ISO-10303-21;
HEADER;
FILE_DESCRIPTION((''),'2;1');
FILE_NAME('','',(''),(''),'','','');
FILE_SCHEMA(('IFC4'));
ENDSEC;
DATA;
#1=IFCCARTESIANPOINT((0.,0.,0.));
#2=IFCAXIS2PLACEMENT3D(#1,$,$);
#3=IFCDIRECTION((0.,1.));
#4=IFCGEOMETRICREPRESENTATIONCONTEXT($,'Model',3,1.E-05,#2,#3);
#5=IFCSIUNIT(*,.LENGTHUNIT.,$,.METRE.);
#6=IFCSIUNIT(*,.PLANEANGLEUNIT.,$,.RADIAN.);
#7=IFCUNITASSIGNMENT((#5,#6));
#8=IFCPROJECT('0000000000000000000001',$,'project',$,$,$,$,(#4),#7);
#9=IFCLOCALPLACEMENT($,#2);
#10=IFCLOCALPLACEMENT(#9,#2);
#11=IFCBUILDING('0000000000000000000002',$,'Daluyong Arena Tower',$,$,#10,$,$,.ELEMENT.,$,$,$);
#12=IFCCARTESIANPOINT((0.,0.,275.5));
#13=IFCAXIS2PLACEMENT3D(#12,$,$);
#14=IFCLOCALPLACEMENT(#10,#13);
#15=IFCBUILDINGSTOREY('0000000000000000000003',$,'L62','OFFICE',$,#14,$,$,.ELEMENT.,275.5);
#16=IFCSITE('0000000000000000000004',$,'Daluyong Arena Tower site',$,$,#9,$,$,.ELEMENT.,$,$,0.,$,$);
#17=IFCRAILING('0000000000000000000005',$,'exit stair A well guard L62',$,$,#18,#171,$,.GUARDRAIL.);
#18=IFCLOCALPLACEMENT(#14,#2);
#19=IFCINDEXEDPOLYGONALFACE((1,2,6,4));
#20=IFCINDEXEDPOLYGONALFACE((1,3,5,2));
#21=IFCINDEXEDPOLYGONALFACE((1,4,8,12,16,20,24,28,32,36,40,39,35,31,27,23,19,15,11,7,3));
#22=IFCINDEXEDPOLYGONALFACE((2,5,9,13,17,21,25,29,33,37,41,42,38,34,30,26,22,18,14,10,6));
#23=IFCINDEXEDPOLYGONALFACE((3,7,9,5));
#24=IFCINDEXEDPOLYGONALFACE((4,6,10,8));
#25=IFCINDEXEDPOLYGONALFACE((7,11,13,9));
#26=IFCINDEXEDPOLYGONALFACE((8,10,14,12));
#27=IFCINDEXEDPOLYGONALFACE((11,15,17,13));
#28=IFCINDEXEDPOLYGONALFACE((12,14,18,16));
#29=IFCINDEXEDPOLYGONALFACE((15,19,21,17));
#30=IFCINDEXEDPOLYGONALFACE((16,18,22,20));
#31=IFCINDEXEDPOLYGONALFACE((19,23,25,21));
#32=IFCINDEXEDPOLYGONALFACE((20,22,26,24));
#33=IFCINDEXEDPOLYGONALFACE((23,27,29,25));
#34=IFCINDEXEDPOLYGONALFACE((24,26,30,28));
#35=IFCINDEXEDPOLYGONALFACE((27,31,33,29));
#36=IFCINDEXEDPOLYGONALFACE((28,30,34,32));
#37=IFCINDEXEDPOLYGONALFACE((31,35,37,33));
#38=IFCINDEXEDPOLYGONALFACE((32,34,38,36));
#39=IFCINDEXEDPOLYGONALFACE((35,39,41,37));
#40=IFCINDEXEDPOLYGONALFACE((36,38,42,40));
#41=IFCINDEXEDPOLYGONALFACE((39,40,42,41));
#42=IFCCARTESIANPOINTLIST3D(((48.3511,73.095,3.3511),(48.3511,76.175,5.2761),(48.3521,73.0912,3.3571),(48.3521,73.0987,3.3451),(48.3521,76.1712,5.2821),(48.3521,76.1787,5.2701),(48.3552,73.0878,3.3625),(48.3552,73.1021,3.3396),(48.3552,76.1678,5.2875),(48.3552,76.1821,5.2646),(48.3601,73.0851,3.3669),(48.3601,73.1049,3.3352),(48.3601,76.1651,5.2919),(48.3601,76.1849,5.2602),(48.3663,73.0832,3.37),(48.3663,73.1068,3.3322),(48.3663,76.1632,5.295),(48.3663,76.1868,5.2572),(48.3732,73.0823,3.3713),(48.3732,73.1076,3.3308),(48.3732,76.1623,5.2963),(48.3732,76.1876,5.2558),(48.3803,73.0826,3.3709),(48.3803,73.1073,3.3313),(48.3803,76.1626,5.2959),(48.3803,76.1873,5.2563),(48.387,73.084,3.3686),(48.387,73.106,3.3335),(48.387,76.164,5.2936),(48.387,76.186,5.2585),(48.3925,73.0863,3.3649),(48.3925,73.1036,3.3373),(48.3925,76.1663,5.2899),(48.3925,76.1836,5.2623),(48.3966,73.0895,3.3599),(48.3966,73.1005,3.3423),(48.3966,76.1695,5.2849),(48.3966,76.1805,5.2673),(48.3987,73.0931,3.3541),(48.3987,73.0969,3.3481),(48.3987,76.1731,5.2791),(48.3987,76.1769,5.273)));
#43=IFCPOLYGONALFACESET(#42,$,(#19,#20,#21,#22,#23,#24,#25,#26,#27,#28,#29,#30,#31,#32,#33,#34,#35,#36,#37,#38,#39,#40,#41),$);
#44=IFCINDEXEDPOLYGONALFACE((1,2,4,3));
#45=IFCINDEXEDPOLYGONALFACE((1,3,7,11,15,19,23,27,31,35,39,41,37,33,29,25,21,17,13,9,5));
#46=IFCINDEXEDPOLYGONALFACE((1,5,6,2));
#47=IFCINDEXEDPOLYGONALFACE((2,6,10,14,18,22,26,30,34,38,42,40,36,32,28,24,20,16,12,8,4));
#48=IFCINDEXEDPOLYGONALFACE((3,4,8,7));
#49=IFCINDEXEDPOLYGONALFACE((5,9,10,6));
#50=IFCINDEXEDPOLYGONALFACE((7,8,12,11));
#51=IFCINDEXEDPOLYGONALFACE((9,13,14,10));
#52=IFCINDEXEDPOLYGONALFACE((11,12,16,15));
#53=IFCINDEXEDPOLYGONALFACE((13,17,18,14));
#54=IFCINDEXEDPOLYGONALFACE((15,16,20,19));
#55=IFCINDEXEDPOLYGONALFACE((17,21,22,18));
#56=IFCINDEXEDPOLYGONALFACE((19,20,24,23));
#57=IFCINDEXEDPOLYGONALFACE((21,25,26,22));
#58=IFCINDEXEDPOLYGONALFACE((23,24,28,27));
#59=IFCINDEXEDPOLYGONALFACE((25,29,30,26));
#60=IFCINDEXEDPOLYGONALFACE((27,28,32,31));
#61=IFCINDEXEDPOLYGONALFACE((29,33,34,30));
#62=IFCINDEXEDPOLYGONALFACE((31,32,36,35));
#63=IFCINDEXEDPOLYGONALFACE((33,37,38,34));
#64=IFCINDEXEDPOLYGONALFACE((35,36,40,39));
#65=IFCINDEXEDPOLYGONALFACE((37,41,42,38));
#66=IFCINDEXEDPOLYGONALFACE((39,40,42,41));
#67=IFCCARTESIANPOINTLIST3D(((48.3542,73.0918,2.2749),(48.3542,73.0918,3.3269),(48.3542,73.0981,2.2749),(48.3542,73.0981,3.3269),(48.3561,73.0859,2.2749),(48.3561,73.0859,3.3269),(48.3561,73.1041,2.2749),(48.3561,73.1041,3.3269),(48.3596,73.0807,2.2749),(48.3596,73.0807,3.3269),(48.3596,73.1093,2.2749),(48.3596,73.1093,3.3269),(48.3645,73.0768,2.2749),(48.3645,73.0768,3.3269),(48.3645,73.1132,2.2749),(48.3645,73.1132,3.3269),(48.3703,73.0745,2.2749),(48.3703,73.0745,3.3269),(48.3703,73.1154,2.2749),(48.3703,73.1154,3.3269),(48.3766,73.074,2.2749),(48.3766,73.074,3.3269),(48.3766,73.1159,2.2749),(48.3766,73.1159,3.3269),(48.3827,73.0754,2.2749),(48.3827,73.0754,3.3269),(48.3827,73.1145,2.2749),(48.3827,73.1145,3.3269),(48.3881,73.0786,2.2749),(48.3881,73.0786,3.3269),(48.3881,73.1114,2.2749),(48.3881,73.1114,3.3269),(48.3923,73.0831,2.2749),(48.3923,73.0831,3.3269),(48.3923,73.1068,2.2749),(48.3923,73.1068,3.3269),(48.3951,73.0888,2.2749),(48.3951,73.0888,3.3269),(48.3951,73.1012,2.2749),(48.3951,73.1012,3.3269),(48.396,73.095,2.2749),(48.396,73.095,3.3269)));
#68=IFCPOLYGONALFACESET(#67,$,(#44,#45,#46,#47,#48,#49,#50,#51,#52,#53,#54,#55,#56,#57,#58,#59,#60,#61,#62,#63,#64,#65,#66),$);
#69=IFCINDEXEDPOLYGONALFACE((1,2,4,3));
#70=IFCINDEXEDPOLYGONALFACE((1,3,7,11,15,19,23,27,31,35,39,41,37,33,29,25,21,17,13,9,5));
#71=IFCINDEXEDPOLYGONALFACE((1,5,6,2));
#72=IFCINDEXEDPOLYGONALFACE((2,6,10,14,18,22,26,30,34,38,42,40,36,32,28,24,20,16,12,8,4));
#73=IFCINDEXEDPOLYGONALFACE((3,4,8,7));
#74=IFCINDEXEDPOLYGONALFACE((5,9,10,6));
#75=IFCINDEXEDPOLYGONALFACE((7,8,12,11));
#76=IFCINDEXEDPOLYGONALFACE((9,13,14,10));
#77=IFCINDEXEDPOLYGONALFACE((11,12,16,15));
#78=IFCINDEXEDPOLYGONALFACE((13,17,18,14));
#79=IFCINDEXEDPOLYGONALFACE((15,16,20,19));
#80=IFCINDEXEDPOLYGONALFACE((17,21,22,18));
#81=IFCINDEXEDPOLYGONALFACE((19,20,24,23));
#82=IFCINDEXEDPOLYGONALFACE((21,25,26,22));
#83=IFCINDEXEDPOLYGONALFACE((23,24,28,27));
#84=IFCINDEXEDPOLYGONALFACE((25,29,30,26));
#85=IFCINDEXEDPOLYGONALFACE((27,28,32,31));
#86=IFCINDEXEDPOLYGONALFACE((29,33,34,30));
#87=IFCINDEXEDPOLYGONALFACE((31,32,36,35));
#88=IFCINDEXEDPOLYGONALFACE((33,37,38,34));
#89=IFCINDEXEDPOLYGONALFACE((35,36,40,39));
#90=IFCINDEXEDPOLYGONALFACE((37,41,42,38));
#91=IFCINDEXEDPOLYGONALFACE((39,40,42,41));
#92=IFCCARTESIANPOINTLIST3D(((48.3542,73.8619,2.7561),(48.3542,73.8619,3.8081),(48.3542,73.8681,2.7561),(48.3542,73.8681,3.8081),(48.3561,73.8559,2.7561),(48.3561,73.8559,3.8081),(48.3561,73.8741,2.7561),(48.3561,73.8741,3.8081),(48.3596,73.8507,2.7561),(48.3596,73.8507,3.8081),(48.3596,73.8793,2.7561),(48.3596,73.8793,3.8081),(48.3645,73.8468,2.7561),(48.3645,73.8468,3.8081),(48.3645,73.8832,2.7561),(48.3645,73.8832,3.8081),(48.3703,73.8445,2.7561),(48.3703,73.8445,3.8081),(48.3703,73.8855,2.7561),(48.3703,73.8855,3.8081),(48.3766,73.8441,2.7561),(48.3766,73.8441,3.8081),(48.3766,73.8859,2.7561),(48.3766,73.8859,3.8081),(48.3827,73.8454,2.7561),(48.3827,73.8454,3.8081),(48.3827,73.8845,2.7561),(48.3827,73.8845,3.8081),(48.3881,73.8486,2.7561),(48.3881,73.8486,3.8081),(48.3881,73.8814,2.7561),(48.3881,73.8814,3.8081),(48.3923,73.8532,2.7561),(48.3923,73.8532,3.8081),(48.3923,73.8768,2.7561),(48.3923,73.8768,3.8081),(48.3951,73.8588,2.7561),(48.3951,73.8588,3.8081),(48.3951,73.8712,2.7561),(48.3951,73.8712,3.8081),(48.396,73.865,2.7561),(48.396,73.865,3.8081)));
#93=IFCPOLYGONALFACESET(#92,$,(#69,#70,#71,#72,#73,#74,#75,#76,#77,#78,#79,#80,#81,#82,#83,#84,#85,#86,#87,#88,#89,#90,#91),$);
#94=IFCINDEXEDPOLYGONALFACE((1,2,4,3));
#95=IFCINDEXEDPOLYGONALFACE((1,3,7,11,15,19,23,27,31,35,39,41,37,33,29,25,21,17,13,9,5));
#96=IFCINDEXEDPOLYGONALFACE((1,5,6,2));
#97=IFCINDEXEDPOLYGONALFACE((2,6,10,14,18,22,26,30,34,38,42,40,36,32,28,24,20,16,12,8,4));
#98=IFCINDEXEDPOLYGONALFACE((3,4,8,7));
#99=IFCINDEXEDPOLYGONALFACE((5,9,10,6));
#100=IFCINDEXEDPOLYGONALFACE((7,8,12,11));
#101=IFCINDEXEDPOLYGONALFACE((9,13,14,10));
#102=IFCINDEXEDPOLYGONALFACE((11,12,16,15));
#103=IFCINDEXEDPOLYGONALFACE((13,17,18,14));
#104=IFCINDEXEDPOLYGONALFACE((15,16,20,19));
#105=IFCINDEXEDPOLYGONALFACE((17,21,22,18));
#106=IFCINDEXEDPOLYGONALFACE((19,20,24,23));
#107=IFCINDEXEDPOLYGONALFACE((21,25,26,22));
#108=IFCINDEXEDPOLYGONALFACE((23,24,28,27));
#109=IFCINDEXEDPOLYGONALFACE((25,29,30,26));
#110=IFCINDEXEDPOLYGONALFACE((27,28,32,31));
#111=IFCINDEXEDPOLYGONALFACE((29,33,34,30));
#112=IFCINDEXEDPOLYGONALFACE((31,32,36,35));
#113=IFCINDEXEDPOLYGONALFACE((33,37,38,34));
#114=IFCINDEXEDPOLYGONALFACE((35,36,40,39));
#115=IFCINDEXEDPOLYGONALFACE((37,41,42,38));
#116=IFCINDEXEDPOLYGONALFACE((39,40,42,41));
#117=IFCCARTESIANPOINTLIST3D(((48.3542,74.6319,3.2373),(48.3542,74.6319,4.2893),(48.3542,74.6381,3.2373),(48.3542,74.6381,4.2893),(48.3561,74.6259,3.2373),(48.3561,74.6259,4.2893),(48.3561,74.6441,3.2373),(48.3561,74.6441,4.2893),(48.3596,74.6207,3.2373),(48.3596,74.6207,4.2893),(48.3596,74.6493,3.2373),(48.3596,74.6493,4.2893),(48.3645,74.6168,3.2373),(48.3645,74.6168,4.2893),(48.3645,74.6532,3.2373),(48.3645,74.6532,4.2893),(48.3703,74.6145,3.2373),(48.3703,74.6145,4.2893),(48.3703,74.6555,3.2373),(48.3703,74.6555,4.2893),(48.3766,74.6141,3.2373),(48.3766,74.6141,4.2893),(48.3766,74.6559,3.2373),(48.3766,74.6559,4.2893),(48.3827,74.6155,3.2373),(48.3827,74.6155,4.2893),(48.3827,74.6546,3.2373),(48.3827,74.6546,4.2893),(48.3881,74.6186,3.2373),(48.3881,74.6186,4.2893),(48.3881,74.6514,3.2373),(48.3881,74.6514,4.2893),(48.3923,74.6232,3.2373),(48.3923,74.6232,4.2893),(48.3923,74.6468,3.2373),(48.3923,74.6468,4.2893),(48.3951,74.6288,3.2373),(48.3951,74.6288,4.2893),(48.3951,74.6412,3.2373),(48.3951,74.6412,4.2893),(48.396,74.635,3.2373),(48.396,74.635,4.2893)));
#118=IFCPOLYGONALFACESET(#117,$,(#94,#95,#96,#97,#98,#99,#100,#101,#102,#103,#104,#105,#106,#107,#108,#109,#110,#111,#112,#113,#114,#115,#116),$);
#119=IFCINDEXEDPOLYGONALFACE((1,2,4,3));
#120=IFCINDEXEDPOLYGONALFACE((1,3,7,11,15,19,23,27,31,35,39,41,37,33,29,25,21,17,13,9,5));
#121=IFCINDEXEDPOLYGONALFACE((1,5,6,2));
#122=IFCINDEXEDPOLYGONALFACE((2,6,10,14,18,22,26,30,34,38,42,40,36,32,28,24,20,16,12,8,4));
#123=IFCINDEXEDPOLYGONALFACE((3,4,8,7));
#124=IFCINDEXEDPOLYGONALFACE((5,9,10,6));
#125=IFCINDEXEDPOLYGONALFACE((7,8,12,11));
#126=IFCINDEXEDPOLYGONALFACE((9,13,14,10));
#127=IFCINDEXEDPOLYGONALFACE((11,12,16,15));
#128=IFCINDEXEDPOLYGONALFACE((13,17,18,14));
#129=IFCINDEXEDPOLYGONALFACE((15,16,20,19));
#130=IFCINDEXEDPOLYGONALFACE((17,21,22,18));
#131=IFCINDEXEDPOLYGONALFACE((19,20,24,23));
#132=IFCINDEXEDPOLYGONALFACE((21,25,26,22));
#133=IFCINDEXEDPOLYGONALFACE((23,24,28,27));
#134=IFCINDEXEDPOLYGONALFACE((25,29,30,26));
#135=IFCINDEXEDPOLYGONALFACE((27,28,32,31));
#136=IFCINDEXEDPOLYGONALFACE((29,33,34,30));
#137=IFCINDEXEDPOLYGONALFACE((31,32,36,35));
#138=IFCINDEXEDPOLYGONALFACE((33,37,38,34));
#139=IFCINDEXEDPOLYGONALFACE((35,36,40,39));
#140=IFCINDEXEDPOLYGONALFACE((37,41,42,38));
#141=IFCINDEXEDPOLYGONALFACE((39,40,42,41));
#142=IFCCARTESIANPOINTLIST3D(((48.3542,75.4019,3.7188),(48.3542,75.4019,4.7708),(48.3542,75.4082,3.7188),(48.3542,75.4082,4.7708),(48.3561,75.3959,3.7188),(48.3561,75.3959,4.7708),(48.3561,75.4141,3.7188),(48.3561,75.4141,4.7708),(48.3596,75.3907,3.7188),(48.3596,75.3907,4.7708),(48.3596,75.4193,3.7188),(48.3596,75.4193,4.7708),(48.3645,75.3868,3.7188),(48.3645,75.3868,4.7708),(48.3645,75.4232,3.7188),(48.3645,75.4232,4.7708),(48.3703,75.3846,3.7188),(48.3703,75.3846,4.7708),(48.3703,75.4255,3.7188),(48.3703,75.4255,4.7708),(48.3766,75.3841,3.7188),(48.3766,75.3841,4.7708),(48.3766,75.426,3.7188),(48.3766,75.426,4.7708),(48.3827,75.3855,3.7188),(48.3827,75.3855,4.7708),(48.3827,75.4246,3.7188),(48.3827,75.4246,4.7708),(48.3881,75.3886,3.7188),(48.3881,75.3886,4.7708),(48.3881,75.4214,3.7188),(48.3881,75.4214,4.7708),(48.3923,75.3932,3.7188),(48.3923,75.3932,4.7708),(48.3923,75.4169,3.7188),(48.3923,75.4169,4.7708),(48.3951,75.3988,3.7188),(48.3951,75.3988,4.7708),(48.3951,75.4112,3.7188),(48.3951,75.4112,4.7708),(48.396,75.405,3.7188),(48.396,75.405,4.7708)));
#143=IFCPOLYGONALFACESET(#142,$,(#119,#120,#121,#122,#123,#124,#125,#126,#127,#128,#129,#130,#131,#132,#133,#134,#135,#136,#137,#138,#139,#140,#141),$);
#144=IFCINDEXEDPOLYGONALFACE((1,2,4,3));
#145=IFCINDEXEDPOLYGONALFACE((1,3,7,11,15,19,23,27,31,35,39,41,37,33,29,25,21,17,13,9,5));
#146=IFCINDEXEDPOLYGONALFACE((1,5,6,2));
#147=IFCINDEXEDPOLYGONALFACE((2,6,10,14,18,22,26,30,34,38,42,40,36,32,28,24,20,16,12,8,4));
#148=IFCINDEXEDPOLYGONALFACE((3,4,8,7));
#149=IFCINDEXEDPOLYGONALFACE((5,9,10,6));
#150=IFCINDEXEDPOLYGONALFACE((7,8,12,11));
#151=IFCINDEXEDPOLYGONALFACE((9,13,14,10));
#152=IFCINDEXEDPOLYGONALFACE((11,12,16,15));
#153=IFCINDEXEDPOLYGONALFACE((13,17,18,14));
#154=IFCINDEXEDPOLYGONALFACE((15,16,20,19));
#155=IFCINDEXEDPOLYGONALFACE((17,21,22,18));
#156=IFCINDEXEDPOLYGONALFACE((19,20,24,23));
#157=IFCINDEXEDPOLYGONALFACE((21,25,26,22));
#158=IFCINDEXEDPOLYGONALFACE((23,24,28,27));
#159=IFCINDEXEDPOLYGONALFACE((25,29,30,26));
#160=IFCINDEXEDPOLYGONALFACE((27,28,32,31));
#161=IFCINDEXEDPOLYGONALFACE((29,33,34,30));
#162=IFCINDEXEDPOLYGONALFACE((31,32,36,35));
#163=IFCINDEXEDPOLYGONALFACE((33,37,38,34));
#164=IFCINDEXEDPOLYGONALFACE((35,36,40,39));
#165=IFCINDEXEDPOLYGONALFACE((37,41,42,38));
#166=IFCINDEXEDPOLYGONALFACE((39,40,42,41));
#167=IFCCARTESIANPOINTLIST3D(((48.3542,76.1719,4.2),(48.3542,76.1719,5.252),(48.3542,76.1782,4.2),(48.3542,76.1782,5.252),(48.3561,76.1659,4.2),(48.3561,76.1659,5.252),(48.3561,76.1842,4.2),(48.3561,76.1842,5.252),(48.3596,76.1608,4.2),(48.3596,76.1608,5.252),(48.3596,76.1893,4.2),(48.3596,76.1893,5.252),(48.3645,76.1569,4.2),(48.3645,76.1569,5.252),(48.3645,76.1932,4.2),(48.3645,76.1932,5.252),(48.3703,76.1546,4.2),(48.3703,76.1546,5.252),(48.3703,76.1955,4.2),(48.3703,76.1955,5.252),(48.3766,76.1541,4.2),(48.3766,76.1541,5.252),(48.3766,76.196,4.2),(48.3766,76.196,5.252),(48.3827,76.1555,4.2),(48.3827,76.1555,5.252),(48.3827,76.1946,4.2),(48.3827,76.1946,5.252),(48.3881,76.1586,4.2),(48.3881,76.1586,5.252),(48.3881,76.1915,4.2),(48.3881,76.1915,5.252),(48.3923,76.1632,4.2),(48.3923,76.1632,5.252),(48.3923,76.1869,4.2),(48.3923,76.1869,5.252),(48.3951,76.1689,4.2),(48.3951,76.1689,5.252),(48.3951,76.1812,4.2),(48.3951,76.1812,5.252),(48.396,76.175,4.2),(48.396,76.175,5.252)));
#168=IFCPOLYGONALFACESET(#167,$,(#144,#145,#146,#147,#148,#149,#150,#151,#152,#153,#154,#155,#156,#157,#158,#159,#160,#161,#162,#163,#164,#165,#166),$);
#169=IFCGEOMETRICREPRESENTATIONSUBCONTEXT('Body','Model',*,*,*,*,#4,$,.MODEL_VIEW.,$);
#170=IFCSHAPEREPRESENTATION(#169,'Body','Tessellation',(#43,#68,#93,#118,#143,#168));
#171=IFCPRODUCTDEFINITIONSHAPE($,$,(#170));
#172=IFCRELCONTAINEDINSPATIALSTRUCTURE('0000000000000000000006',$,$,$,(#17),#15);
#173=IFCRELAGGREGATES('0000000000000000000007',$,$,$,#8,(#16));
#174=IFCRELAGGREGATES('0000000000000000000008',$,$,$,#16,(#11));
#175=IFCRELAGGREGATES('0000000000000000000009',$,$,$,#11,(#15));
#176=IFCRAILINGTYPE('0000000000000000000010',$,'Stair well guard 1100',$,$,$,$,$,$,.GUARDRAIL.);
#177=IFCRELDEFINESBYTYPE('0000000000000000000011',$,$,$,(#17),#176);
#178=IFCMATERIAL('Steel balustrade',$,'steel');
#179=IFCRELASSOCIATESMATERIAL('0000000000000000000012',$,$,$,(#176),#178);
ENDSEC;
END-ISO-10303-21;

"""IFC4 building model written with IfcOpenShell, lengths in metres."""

from ifc_helpers import new_model, si_unit, direction, frame, origin, origin_2d, place, context, subcontext, project, spatial, circle, extrude, material, type_object, element, save


model = new_model("IFC4")

# Units and contexts
model_context = context("Model", 3, precision=1e-05, world=origin(), true_north=direction((0.0, 1.0)))
body_context = subcontext(model_context, "Body", "Model", "MODEL_VIEW")
ifc_project = project(units=[si_unit("LENGTHUNIT", "METRE"), si_unit("PLANEANGLEUNIT", "RADIAN")], contexts=[model_context])

# Site, building, storey
site_placement = place(None, origin())
site = spatial("IfcSite", under=ifc_project, at=site_placement, Name="Daluyong Arena Tower site", CompositionType="ELEMENT", RefElevation=0.0)
building_placement = place(site_placement, origin())
building = spatial("IfcBuilding", under=site, at=building_placement, Name="Daluyong Arena Tower", CompositionType="ELEMENT")
storey_placement = place(building_placement, frame((0.0, 0.0, 275.5)))
storey = spatial("IfcBuildingStorey", under=building, at=storey_placement, Name="L62", Description="OFFICE", CompositionType="ELEMENT", Elevation=275.5)

# Railing
ifc_material_1 = material(Name="Steel balustrade", Category="steel")
railing_type_1 = type_object("IfcRailingType", Name="Stair well guard 1100", PredefinedType="GUARDRAIL", material=ifc_material_1)
railing_1_placement = place(storey_placement, frame((48.375, 73.095, 2.2749)))
element("IfcRailing", 1, at=railing_1_placement, inside=storey, type_object=railing_type_1, Name="exit stair A well guard L62", PredefinedType="GUARDRAIL", context=body_context, shape_type="SweptSolid", body=[
    extrude(circle(Radius=0.0239, at=origin_2d()), frame((0.0, 0.0, 1.0762), z_axis=(0.0, 0.847998, 0.529999), x_axis=(-1.0, 0.0, 0.0)), (0.0, 0.0, 1.0), 3.6321),
    extrude(circle(Radius=0.021, at=origin_2d()), origin(), (0.0, 0.0, 1.0), 1.052),
    extrude(circle(Radius=0.021, at=origin_2d()), frame((0.0, 0.77, 0.4812)), (0.0, 0.0, 1.0), 1.052),
    extrude(circle(Radius=0.021, at=origin_2d()), frame((0.0, 1.54, 0.9624)), (0.0, 0.0, 1.0), 1.052),
    extrude(circle(Radius=0.021, at=origin_2d()), frame((0.0, 2.3101, 1.4438)), (0.0, 0.0, 1.0), 1.052),
    extrude(circle(Radius=0.021, at=origin_2d()), frame((0.0, 3.0801, 1.925)), (0.0, 0.0, 1.0), 1.052),
])

save(model, "model.ifc")
